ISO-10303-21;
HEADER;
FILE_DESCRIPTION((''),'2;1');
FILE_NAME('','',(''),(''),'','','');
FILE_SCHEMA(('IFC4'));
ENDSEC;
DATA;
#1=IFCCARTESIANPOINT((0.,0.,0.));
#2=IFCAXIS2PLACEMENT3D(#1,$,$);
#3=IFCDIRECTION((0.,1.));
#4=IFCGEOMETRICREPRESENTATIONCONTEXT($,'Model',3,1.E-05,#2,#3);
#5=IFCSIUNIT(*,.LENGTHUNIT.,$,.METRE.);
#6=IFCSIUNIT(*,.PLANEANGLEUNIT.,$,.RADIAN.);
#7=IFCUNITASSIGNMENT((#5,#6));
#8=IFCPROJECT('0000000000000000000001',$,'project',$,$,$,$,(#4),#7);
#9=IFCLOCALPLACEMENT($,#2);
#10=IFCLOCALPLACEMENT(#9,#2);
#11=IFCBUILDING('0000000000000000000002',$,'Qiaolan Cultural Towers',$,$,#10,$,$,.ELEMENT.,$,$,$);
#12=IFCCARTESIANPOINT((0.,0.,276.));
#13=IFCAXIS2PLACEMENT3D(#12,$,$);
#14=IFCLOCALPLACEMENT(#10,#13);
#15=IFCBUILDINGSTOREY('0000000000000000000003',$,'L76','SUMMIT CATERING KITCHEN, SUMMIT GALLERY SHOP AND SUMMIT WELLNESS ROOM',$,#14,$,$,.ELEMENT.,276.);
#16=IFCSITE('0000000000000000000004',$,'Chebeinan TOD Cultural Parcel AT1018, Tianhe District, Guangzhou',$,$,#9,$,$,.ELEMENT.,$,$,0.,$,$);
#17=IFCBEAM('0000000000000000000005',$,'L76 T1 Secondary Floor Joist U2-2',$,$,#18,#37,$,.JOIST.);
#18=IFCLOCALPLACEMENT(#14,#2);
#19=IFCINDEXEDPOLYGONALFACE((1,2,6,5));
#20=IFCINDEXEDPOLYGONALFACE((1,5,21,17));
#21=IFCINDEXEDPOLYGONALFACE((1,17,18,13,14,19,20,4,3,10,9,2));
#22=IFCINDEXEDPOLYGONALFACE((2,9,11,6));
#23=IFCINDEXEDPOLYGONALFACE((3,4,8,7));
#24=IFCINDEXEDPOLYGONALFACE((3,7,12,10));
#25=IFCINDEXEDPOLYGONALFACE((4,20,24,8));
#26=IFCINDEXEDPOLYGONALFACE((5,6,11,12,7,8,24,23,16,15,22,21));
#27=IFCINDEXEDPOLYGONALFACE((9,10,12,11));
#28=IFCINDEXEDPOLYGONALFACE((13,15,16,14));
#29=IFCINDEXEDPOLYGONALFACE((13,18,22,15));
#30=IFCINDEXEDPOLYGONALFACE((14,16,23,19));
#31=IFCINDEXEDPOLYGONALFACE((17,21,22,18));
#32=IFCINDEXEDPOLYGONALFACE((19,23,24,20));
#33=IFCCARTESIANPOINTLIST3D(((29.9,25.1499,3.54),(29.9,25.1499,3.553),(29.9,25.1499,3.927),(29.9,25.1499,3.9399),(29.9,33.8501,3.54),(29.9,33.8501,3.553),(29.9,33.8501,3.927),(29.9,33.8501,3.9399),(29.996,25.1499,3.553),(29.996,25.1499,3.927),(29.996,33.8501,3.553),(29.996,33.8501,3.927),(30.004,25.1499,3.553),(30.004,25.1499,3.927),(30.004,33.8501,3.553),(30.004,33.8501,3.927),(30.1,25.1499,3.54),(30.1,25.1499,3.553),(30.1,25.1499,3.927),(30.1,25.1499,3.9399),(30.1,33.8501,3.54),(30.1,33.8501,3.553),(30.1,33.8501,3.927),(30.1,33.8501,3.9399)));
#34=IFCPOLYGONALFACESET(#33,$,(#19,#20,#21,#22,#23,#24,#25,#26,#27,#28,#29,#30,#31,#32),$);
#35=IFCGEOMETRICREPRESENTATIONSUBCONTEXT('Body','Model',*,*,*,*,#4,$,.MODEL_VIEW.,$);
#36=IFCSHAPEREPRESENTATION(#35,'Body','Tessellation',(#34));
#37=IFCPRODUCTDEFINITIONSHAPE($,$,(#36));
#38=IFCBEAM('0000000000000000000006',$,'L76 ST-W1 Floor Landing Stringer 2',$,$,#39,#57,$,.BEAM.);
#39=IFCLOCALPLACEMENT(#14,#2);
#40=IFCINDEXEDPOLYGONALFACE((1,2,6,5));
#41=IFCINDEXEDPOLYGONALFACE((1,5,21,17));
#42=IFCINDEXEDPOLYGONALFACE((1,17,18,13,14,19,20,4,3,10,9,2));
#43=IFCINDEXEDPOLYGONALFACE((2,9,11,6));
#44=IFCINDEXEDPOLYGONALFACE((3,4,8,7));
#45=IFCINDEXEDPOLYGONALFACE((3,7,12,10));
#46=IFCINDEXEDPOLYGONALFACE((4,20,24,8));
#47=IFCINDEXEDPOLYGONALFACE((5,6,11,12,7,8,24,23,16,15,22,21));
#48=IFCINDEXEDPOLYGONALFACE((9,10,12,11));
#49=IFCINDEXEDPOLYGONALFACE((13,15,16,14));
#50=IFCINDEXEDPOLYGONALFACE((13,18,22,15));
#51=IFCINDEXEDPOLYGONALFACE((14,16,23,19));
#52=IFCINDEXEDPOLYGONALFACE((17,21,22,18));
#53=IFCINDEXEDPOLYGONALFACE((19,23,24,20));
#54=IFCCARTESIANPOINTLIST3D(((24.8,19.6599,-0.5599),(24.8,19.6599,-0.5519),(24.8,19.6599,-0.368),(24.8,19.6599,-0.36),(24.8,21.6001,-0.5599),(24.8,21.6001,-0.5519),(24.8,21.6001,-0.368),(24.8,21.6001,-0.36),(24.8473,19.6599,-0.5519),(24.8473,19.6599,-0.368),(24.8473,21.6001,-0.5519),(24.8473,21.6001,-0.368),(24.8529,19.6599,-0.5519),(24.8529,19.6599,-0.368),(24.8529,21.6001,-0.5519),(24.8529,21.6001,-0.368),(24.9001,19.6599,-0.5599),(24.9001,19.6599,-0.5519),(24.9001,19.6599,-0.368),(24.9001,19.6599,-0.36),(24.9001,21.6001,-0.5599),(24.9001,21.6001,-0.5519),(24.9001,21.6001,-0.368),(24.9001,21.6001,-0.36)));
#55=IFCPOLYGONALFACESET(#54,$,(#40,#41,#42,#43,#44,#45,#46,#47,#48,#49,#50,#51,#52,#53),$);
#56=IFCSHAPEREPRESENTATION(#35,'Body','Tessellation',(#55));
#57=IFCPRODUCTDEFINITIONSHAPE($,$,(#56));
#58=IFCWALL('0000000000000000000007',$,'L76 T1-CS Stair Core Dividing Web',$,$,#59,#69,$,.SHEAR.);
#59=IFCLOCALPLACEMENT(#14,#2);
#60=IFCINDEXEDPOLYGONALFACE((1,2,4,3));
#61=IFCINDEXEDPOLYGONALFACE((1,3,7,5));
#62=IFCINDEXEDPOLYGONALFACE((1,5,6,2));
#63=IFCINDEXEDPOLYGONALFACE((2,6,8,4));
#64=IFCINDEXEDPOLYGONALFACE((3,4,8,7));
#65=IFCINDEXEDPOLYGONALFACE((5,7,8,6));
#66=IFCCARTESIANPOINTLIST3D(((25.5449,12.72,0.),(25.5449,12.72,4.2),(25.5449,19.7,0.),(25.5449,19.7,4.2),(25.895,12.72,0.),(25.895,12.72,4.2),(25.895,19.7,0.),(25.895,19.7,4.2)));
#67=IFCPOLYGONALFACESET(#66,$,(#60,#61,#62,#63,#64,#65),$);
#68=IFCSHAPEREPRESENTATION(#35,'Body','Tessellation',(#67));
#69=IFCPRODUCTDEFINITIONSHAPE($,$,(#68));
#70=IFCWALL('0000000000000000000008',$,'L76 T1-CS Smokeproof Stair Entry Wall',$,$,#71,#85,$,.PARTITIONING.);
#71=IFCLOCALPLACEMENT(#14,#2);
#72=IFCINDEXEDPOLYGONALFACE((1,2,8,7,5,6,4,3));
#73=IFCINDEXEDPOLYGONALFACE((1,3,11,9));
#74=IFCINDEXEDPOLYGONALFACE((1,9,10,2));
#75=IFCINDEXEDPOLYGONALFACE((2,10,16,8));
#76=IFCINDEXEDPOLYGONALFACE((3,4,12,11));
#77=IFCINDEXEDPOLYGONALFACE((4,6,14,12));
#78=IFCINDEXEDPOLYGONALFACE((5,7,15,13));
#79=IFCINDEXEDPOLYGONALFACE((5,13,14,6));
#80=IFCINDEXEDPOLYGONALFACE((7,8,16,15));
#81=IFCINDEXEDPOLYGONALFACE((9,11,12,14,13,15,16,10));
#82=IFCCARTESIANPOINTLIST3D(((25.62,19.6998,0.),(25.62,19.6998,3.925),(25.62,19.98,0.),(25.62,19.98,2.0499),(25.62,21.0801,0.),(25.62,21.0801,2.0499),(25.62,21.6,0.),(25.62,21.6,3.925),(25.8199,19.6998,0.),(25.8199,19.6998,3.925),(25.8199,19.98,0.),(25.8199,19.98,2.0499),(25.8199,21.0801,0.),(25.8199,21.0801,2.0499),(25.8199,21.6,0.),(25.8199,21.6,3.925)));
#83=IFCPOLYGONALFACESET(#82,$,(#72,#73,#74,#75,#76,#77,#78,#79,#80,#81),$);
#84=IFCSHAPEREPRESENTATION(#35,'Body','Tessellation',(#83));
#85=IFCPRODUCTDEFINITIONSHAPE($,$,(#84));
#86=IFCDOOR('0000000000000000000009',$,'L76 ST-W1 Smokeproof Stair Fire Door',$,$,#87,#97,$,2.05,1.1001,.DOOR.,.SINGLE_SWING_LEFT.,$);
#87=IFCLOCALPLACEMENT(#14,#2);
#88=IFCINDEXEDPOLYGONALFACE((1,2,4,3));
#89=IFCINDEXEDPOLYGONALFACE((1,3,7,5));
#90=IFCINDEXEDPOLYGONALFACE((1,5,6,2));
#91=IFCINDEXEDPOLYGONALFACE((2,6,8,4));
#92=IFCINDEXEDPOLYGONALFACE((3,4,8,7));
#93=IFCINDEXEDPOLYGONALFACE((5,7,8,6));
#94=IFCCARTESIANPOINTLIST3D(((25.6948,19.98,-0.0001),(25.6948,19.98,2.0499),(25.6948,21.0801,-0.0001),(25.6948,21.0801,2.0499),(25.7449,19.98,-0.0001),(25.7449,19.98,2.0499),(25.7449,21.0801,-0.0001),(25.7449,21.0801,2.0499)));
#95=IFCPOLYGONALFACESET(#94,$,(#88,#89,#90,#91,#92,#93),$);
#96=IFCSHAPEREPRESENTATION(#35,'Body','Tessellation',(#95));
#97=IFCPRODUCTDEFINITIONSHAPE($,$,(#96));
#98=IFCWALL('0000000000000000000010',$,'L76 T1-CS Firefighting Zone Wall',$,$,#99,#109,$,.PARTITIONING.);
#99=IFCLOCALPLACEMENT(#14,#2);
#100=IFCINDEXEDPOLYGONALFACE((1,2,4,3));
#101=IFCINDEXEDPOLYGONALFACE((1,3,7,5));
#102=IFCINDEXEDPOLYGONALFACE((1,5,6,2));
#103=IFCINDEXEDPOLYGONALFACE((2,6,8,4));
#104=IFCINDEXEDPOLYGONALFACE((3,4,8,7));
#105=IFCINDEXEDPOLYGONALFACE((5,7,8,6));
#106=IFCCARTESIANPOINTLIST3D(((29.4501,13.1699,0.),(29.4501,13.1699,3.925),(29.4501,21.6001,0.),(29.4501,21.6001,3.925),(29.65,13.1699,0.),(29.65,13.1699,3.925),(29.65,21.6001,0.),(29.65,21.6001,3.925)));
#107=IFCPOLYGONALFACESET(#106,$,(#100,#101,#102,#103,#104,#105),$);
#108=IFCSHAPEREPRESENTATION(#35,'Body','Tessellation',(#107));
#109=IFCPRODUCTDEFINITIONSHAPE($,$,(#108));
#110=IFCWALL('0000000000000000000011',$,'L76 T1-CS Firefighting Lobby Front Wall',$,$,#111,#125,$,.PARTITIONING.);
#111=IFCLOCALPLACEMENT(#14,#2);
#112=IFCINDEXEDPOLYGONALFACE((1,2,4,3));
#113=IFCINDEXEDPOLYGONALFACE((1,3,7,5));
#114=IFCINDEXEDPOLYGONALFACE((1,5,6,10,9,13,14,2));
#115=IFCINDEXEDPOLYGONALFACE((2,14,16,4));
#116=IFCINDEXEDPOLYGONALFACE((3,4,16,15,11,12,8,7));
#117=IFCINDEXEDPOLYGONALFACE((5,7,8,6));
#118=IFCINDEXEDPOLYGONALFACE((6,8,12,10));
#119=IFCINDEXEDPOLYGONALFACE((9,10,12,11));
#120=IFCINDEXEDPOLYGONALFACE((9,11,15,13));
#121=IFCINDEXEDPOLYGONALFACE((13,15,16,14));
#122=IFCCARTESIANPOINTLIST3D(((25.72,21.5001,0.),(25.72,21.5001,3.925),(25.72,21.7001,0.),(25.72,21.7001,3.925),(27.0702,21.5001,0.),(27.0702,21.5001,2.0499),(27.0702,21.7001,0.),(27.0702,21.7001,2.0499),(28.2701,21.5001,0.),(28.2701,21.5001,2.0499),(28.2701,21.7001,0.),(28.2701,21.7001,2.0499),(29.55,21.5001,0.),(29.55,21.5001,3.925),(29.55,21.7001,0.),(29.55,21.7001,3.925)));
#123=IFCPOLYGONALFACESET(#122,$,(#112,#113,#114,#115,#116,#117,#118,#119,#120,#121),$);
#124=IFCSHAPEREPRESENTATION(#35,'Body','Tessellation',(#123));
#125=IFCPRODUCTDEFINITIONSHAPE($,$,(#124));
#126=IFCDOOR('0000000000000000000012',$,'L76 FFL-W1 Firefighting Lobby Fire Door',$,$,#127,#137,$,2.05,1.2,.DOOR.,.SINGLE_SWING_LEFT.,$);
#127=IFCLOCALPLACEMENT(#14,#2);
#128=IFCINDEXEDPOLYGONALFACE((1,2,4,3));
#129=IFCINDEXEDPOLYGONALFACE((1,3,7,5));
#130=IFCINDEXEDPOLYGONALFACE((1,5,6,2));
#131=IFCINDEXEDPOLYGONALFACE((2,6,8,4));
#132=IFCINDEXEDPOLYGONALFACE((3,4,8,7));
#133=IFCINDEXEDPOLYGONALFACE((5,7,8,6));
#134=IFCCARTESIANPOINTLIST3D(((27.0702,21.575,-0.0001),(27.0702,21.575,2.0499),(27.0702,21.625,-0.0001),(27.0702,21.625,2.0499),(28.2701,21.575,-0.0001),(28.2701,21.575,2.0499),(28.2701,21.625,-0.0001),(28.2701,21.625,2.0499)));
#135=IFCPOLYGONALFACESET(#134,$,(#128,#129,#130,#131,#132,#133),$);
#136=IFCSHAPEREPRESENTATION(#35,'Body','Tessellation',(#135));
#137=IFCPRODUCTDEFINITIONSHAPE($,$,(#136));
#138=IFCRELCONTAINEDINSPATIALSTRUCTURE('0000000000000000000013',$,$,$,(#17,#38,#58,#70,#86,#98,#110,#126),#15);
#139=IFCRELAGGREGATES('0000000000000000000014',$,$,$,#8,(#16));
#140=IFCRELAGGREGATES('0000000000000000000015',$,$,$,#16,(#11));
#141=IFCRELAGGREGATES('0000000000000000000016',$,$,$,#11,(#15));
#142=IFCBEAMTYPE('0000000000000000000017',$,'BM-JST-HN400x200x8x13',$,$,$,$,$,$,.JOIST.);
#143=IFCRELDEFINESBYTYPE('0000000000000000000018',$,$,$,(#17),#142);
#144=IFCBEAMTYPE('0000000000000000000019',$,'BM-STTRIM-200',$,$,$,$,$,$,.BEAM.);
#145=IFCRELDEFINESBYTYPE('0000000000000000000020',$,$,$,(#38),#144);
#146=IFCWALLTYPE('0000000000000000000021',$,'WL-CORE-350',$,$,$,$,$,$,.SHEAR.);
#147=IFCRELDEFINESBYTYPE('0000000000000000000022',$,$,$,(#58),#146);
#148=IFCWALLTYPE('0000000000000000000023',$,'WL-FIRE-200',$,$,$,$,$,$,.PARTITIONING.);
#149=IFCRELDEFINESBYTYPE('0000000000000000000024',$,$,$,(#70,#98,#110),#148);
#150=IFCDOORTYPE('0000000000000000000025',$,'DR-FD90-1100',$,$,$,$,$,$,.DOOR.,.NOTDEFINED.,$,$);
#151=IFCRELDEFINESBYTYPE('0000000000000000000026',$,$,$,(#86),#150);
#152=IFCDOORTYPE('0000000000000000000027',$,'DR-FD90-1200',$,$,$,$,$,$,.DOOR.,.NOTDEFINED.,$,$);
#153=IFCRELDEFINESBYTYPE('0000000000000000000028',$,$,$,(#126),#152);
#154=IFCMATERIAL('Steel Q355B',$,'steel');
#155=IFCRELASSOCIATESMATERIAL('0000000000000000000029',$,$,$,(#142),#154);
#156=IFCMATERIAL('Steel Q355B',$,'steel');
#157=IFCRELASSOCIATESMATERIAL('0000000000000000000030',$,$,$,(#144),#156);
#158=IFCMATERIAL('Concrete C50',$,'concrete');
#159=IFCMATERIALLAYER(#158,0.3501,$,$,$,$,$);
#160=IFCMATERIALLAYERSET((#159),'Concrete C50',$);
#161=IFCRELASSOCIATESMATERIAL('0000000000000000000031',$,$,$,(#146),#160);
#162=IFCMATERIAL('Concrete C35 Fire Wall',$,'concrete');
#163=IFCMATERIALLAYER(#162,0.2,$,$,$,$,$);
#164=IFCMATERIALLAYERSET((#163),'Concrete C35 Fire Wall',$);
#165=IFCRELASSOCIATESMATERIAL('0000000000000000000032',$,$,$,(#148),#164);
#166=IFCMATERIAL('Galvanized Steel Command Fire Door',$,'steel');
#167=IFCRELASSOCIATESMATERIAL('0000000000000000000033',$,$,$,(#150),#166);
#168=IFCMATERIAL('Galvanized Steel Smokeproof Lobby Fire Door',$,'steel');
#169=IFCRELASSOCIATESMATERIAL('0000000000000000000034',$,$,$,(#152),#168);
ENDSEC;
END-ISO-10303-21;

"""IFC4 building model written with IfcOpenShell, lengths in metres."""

from ifc_helpers import new_model, si_unit, direction, frame, frame_2d, origin, origin_2d, place, context, subcontext, project, spatial, rectangle, i_section, extrude, material, layer, layer_set, material_profile, profile_set, type_object, element, fill, save


model = new_model("IFC4")

# Units and contexts
model_context = context("Model", 3, precision=1e-05, world=origin(), true_north=direction((0.0, 1.0)))
body_context = subcontext(model_context, "Body", "Model", "MODEL_VIEW")
ifc_project = project(units=[si_unit("LENGTHUNIT", "METRE"), si_unit("PLANEANGLEUNIT", "RADIAN")], contexts=[model_context])

# Site, building, storey
site_placement = place(None, origin())
site = spatial("IfcSite", under=ifc_project, at=site_placement, Name="Chebeinan TOD Cultural Parcel AT1018, Tianhe District, Guangzhou", CompositionType="ELEMENT", RefElevation=0.0)
building_placement = place(site_placement, origin())
building = spatial("IfcBuilding", under=site, at=building_placement, Name="Qiaolan Cultural Towers", CompositionType="ELEMENT")
storey_placement = place(building_placement, frame((0.0, 0.0, 276.0)))
storey = spatial("IfcBuildingStorey", under=building, at=storey_placement, Name="L76", Description="SUMMIT CATERING KITCHEN, SUMMIT GALLERY SHOP AND SUMMIT WELLNESS ROOM", CompositionType="ELEMENT", Elevation=276.0)

# Beams
ifc_material_1 = material(Name="Steel Q355B", Category="steel")
ifc_material_profile_1 = material_profile(ifc_material_1, i_section(OverallWidth=0.2, OverallDepth=0.3999, WebThickness=0.0081, FlangeThickness=0.0129, at=origin_2d()), Name="HN400x200x8x13")
ifc_profile_set_1 = profile_set([ifc_material_profile_1], Name="Steel Q355B")
beam_type_1 = type_object("IfcBeamType", Name="BM-JST-HN400x200x8x13", PredefinedType="JOIST", material=ifc_profile_set_1)
beam_1_placement = place(storey_placement, frame((30.0, 25.1499, 3.74), z_axis=(0.0, 1.0, 0.0), x_axis=(-1.0, 0.0, 0.0)))
element("IfcBeam", 1, at=beam_1_placement, inside=storey, type_object=beam_type_1, Name="L76 T1 Secondary Floor Joist U2-2", PredefinedType="JOIST", context=body_context, shape_type="SweptSolid", body=[
    extrude(i_section(OverallWidth=0.2, OverallDepth=0.3999, WebThickness=0.0081, FlangeThickness=0.0129, at=origin_2d()), origin(), (0.0, 0.0, 1.0), 8.7002),
])
ifc_material_2 = material(Name="Steel Q355B", Category="steel")
ifc_material_profile_2 = material_profile(ifc_material_2, i_section(OverallWidth=0.1001, OverallDepth=0.2, WebThickness=0.0056, FlangeThickness=0.0081, at=origin_2d()), Name="HN200x100x5.5x8")
ifc_profile_set_2 = profile_set([ifc_material_profile_2], Name="Steel Q355B")
beam_type_2 = type_object("IfcBeamType", Name="BM-STTRIM-200", PredefinedType="BEAM", material=ifc_profile_set_2)
beam_2_placement = place(storey_placement, frame((24.8501, 21.6001, -0.46), z_axis=(0.0, -1.0, 0.0), x_axis=(1.0, 0.0, 0.0)))
element("IfcBeam", 2, at=beam_2_placement, inside=storey, type_object=beam_type_2, Name="L76 ST-W1 Floor Landing Stringer 2", PredefinedType="BEAM", context=body_context, shape_type="SweptSolid", body=[
    extrude(i_section(OverallWidth=0.1001, OverallDepth=0.2, WebThickness=0.0056, FlangeThickness=0.0081, at=origin_2d()), origin(), (0.0, 0.0, 1.0), 1.9402),
])

# Wall
ifc_material_3 = material(Name="Concrete C50", Category="concrete")
ifc_layer_1 = layer(ifc_material_3, 0.3501)
ifc_layer_set_1 = layer_set([ifc_layer_1], Name="Concrete C50")
wall_type_1 = type_object("IfcWallType", Name="WL-CORE-350", PredefinedType="SHEAR", material=ifc_layer_set_1)
wall_1_placement = place(storey_placement, frame((25.72, 19.7, 0.0), z_axis=(0.0, 0.0, 1.0), x_axis=(0.0, -1.0, 0.0)))
element("IfcWall", 3, at=wall_1_placement, inside=storey, type_object=wall_type_1, Name="L76 T1-CS Stair Core Dividing Web", PredefinedType="SHEAR", context=body_context, shape_type="SweptSolid", body=[
    extrude(rectangle(XDim=6.98, YDim=0.3501, at=frame_2d((3.49, 0.0))), origin(), (0.0, 0.0, 1.0), 4.2),
])

# Wall, opening, door
ifc_material_4 = material(Name="Concrete C35 Fire Wall", Category="concrete")
ifc_layer_2 = layer(ifc_material_4, 0.2)
ifc_layer_set_2 = layer_set([ifc_layer_2], Name="Concrete C35 Fire Wall")
wall_type_2 = type_object("IfcWallType", Name="WL-FIRE-200", PredefinedType="PARTITIONING", material=ifc_layer_set_2)
wall_2_placement = place(storey_placement, frame((25.72, 21.6001, 0.0), z_axis=(0.0, 0.0, 1.0), x_axis=(0.0, -1.0, 0.0)))
wall_2 = element("IfcWall", 4, at=wall_2_placement, inside=storey, type_object=wall_type_2, Name="L76 T1-CS Smokeproof Stair Entry Wall", PredefinedType="PARTITIONING", context=body_context, shape_type="SweptSolid", body=[
    extrude(rectangle(XDim=1.9001, YDim=0.2, at=frame_2d((0.9502, 0.0))), origin(), (0.0, 0.0, 1.0), 3.925),
])
opening_1_placement = place(wall_2_placement, frame((0.52, 0.0, 0.0)))
opening_1 = element("IfcOpeningElement", 5, at=opening_1_placement, cuts=wall_2, PredefinedType="OPENING", context=body_context, shape_type="SweptSolid", body=[
    extrude(rectangle(XDim=1.1001, YDim=2.05, at=frame_2d((0.55, 1.0249))), frame((0.0, 0.1099, 0.0), z_axis=(0.0, -1.0, 0.0), x_axis=(1.0, 0.0, 0.0)), (0.0, 0.0, 1.0), 0.22),
])
ifc_material_5 = material(Name="Galvanized Steel Command Fire Door", Category="steel")
door_type_1 = type_object("IfcDoorType", Name="DR-FD90-1100", OperationType="NOTDEFINED", PredefinedType="DOOR", material=ifc_material_5)
door_1_placement = place(opening_1_placement, origin())
door_1 = element("IfcDoor", 6, at=door_1_placement, inside=storey, type_object=door_type_1, Name="L76 ST-W1 Smokeproof Stair Fire Door", OperationType="SINGLE_SWING_LEFT", OverallHeight=2.05, OverallWidth=1.1001, PredefinedType="DOOR", context=body_context, shape_type="SweptSolid", body=[
    extrude(rectangle(XDim=1.1001, YDim=2.05, at=frame_2d((0.55, 1.0249))), frame((0.0, 0.0249, 0.0), z_axis=(0.0, -1.0, 0.0), x_axis=(1.0, 0.0, 0.0)), (0.0, 0.0, 1.0), 0.05),
])
fill(opening_1, door_1)

# Wall
wall_3_placement = place(storey_placement, frame((29.55, 21.6001, 0.0), z_axis=(0.0, 0.0, 1.0), x_axis=(0.0, -1.0, 0.0)))
element("IfcWall", 7, at=wall_3_placement, inside=storey, type_object=wall_type_2, Name="L76 T1-CS Firefighting Zone Wall", PredefinedType="PARTITIONING", context=body_context, shape_type="SweptSolid", body=[
    extrude(rectangle(XDim=8.4302, YDim=0.2, at=frame_2d((4.2151, 0.0))), origin(), (0.0, 0.0, 1.0), 3.925),
])

# Wall, opening, door
wall_4_placement = place(storey_placement, frame((25.72, 21.6001, 0.0), z_axis=(0.0, 0.0, 1.0), x_axis=(1.0, 0.0, 0.0)))
wall_4 = element("IfcWall", 8, at=wall_4_placement, inside=storey, type_object=wall_type_2, Name="L76 T1-CS Firefighting Lobby Front Wall", PredefinedType="PARTITIONING", context=body_context, shape_type="SweptSolid", body=[
    extrude(rectangle(XDim=3.8301, YDim=0.2, at=frame_2d((1.915, 0.0))), origin(), (0.0, 0.0, 1.0), 3.925),
])
opening_2_placement = place(wall_4_placement, frame((1.3501, 0.0, 0.0)))
opening_2 = element("IfcOpeningElement", 9, at=opening_2_placement, cuts=wall_4, PredefinedType="OPENING", context=body_context, shape_type="SweptSolid", body=[
    extrude(rectangle(XDim=1.2, YDim=2.05, at=frame_2d((0.6001, 1.0249))), frame((0.0, 0.1099, 0.0), z_axis=(0.0, -1.0, 0.0), x_axis=(1.0, 0.0, 0.0)), (0.0, 0.0, 1.0), 0.22),
])
ifc_material_6 = material(Name="Galvanized Steel Smokeproof Lobby Fire Door", Category="steel")
door_type_2 = type_object("IfcDoorType", Name="DR-FD90-1200", OperationType="NOTDEFINED", PredefinedType="DOOR", material=ifc_material_6)
door_2_placement = place(opening_2_placement, origin())
door_2 = element("IfcDoor", 10, at=door_2_placement, inside=storey, type_object=door_type_2, Name="L76 FFL-W1 Firefighting Lobby Fire Door", OperationType="SINGLE_SWING_LEFT", OverallHeight=2.05, OverallWidth=1.2, PredefinedType="DOOR", context=body_context, shape_type="SweptSolid", body=[
    extrude(rectangle(XDim=1.2, YDim=2.05, at=frame_2d((0.6001, 1.0249))), frame((0.0, 0.0249, 0.0), z_axis=(0.0, -1.0, 0.0), x_axis=(1.0, 0.0, 0.0)), (0.0, 0.0, 1.0), 0.05),
])
fill(opening_2, door_2)

save(model, "model.ifc")
